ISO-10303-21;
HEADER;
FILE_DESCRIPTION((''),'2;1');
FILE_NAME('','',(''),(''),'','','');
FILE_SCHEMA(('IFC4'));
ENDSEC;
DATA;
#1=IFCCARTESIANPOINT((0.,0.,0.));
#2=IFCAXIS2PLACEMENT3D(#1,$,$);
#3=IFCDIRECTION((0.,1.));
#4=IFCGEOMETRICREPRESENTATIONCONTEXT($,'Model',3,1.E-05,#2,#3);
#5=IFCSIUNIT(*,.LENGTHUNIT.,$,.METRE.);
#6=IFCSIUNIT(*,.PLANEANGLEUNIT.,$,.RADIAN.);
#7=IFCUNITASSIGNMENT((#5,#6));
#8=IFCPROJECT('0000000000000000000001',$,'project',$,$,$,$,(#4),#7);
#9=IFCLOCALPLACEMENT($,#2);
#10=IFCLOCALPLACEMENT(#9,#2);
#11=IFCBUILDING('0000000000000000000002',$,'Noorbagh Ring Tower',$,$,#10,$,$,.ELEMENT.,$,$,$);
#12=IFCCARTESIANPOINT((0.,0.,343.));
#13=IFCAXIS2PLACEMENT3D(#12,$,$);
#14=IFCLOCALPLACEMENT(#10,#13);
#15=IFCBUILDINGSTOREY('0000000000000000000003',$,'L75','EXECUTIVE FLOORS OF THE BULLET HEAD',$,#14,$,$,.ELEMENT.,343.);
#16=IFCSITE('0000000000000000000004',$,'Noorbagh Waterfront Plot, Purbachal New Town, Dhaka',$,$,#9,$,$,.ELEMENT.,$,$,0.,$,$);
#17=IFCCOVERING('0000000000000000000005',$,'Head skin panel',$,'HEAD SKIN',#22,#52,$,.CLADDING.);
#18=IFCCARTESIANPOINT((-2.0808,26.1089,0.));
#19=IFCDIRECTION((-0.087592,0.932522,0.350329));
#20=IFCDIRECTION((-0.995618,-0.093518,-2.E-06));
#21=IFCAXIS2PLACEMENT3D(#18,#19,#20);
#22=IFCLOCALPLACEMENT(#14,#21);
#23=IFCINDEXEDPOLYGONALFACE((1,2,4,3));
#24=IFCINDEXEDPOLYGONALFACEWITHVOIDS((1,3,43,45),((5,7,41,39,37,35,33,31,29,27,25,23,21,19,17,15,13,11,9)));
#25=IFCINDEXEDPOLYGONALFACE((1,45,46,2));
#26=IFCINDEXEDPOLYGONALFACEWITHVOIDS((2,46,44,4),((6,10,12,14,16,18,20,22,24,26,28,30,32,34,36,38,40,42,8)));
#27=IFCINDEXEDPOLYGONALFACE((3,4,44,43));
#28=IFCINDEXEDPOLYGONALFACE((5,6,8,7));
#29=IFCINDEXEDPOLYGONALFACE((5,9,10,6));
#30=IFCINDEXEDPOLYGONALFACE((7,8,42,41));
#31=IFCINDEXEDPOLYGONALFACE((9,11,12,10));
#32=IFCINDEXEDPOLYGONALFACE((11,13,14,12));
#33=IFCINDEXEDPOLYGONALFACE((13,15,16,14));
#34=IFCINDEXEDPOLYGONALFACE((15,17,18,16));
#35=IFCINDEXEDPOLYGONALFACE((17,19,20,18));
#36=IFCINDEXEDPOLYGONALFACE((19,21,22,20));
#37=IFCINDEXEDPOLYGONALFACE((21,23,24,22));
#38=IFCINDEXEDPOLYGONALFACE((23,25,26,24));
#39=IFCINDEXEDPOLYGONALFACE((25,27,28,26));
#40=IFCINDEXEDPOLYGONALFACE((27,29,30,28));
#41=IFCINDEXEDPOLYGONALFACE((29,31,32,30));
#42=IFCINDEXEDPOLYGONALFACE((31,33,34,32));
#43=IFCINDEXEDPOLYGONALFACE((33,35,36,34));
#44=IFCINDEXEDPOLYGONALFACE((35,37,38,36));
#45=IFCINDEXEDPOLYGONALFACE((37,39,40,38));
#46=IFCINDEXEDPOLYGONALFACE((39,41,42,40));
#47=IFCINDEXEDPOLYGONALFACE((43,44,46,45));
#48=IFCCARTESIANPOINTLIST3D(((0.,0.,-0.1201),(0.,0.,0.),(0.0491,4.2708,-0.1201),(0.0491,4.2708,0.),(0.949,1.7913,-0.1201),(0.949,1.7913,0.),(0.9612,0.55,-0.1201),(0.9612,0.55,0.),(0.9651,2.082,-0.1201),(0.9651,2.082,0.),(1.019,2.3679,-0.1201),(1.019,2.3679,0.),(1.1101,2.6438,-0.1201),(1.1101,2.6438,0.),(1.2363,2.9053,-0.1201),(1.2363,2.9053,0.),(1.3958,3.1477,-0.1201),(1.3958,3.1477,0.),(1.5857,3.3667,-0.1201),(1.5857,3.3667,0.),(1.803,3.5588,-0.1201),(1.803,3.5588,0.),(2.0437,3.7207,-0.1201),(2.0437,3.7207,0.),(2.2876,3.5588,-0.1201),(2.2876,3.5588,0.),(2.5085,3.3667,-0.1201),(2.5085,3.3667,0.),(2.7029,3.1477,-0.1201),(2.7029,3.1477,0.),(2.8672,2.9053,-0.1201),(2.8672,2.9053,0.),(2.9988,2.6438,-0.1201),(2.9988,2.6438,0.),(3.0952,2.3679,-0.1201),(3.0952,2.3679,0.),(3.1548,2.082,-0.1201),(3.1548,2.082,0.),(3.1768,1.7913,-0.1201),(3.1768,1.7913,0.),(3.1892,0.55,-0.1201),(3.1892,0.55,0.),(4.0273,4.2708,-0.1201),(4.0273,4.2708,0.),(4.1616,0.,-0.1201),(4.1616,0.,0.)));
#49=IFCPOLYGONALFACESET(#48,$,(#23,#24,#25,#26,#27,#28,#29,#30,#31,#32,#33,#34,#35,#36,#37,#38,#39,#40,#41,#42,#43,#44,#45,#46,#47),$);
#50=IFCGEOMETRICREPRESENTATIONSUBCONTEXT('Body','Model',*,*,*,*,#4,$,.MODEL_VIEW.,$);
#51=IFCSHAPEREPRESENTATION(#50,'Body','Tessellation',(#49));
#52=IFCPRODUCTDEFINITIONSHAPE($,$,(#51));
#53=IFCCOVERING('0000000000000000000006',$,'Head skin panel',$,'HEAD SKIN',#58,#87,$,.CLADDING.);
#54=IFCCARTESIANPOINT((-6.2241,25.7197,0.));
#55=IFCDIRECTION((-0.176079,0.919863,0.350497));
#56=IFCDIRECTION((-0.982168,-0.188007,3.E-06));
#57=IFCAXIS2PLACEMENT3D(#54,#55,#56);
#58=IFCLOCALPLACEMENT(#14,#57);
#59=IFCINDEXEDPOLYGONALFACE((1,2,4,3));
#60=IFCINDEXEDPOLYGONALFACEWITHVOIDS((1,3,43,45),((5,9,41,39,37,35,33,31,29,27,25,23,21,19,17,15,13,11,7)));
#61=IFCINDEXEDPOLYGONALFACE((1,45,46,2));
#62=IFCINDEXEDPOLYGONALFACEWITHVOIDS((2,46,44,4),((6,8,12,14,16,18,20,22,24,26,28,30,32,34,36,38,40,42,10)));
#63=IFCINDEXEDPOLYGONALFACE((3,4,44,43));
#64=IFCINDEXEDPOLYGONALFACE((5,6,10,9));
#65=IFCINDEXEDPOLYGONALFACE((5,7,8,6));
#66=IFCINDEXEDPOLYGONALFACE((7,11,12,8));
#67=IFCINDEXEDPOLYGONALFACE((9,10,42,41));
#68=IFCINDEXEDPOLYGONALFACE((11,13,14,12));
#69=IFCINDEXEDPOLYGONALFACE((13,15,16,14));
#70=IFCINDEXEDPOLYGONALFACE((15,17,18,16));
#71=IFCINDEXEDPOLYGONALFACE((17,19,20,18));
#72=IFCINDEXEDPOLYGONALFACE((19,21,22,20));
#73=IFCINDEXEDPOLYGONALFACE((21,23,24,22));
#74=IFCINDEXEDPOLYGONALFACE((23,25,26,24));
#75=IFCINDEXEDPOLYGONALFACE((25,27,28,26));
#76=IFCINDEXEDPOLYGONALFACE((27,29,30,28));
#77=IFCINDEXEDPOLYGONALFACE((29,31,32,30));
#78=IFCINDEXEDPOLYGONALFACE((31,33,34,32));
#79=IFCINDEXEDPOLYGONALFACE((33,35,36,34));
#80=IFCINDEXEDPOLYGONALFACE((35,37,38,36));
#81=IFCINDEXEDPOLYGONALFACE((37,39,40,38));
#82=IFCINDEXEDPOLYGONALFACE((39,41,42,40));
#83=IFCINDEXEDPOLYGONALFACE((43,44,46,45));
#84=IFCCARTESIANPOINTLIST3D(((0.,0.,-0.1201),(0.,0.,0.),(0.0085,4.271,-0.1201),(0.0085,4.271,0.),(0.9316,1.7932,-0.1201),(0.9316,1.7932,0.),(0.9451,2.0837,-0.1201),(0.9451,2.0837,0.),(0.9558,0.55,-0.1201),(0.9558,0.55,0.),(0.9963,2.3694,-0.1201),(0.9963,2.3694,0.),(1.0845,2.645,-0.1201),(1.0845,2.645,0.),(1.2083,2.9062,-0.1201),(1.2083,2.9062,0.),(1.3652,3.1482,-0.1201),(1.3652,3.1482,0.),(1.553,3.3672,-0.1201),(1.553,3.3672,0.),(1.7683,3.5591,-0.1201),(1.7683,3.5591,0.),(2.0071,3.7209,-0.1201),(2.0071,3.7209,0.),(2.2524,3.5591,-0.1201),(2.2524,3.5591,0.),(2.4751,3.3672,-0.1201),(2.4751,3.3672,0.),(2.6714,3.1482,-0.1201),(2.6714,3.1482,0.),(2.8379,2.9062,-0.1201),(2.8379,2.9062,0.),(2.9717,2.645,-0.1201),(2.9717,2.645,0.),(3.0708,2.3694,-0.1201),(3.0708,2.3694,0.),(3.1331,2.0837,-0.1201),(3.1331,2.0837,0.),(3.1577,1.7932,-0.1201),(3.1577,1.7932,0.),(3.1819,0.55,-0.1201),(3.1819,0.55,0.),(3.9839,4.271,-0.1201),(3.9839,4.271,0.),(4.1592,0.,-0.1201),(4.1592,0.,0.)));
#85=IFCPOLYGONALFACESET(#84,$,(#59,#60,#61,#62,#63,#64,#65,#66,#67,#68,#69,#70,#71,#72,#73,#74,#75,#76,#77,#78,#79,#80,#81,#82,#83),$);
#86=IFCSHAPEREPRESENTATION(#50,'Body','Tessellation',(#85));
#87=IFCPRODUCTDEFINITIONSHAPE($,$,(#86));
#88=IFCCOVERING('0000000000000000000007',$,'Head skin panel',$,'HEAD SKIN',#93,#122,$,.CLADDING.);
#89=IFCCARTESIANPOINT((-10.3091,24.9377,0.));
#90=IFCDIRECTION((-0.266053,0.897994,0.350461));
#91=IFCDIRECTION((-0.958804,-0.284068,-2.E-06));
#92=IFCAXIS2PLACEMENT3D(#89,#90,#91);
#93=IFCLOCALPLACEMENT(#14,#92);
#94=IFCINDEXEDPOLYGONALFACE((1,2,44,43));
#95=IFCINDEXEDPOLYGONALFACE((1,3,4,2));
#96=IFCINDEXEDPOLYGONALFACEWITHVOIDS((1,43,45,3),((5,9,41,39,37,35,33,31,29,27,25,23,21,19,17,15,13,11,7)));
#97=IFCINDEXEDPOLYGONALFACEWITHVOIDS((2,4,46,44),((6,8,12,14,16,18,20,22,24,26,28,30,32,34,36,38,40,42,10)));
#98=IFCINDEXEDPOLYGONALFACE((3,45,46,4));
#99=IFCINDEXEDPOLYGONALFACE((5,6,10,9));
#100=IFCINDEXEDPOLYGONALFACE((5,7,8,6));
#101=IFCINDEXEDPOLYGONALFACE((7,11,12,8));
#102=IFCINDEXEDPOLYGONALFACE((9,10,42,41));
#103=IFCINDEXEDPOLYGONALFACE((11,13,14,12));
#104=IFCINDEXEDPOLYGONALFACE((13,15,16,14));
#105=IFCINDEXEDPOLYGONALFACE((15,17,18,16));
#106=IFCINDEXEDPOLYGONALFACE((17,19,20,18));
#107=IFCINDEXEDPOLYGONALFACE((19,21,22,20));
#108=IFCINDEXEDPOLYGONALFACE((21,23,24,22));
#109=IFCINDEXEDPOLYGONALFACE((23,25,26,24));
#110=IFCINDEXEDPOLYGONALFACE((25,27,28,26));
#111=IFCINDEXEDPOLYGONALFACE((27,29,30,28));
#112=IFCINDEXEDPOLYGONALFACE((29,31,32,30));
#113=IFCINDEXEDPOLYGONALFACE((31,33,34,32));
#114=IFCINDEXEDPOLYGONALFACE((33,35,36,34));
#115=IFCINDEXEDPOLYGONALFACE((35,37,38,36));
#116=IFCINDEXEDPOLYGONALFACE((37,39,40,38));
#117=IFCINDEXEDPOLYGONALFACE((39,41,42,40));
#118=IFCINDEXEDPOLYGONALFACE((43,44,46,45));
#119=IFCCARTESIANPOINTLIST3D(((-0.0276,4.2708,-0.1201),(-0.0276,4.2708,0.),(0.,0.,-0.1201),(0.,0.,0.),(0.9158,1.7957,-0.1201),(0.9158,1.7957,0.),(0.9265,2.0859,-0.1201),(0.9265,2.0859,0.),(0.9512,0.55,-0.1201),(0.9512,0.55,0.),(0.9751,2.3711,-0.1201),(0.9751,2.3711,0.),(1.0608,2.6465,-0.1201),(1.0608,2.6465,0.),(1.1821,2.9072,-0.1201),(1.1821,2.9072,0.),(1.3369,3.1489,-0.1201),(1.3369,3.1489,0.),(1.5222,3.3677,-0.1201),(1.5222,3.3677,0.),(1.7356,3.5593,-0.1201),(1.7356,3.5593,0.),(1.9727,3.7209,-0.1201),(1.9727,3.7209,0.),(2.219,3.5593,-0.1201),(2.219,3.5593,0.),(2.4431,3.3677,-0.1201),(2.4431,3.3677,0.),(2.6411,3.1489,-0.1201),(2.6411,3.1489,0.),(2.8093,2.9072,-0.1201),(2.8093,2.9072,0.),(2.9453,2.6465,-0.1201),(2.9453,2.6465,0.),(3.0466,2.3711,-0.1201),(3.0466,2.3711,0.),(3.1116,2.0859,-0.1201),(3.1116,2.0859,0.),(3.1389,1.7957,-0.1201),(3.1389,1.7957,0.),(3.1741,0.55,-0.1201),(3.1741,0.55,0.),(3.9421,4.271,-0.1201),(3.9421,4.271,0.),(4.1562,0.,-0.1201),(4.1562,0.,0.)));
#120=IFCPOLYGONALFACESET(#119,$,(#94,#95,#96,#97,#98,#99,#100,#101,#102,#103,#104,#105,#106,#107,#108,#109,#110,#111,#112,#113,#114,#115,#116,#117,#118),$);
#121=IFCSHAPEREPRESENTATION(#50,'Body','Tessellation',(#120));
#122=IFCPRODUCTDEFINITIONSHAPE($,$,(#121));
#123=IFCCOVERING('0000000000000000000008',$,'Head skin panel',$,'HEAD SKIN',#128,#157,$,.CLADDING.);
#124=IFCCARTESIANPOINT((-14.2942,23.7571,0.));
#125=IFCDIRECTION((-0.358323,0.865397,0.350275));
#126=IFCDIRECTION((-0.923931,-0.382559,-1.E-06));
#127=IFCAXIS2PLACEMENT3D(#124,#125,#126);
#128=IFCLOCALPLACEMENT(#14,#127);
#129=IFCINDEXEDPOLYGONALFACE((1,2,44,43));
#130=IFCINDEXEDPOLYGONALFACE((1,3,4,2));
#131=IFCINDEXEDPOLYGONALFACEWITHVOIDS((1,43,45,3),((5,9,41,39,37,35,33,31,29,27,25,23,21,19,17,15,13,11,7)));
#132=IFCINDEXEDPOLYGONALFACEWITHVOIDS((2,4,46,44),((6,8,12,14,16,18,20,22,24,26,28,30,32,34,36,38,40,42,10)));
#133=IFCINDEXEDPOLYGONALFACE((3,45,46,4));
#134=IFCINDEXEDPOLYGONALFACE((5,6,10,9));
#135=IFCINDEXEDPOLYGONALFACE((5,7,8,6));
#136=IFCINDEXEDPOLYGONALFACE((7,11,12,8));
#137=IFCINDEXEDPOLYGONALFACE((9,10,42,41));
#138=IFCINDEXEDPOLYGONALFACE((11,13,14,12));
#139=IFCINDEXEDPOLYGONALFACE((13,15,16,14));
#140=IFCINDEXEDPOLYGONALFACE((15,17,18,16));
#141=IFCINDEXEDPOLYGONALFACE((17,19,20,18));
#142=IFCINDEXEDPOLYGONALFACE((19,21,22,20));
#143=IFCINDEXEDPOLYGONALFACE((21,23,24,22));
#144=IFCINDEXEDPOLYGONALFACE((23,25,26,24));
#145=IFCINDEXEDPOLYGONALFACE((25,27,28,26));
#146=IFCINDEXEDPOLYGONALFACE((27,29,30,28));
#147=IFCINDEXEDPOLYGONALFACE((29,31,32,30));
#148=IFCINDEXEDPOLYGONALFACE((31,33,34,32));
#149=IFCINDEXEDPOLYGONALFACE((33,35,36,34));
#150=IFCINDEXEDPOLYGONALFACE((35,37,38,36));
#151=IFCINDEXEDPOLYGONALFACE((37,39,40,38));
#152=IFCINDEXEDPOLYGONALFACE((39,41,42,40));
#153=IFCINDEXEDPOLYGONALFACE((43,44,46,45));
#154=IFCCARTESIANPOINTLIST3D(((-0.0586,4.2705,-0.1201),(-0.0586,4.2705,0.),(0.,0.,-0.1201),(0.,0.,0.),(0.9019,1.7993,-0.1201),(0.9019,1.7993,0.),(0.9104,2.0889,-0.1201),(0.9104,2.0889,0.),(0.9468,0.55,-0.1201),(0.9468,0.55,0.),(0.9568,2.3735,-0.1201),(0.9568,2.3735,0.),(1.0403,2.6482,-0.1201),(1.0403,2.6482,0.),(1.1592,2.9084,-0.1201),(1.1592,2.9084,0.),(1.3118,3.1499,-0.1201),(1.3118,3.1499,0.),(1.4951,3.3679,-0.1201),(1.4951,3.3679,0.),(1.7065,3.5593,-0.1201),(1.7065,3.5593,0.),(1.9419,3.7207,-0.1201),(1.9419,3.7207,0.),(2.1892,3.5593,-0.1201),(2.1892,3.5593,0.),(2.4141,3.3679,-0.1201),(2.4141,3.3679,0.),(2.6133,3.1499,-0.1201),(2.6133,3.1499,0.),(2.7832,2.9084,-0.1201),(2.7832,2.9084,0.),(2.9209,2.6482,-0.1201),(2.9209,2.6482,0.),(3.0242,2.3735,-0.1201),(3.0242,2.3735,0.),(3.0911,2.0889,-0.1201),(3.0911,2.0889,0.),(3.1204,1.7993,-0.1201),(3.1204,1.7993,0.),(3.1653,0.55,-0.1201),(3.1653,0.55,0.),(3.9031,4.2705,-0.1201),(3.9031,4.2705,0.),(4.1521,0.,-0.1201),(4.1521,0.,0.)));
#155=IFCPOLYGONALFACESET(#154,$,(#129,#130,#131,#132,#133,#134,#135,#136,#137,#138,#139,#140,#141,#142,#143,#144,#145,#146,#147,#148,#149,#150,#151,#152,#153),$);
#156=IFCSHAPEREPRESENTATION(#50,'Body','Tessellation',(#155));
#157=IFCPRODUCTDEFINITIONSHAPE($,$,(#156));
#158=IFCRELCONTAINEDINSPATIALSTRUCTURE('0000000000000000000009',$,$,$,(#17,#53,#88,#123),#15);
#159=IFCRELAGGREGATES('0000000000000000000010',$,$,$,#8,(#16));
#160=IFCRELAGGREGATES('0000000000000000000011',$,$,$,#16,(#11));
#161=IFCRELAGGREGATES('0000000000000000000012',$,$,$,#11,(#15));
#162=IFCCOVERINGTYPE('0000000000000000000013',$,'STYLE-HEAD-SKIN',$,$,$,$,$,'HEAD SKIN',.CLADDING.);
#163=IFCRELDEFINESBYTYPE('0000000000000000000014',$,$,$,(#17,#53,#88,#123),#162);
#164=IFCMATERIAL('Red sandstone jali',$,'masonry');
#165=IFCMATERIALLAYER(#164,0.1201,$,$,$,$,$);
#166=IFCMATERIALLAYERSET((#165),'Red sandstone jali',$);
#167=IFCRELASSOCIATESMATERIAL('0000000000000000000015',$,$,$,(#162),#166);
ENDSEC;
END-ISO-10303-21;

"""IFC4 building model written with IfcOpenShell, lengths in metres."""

from ifc_helpers import new_model, si_unit, direction, frame, origin, place, context, subcontext, project, spatial, polyline, outline, extrude, material, layer, layer_set, type_object, element, save


model = new_model("IFC4")

# Units and contexts
model_context = context("Model", 3, precision=1e-05, world=origin(), true_north=direction((0.0, 1.0)))
body_context = subcontext(model_context, "Body", "Model", "MODEL_VIEW")
ifc_project = project(units=[si_unit("LENGTHUNIT", "METRE"), si_unit("PLANEANGLEUNIT", "RADIAN")], contexts=[model_context])

# Site, building, storey
site_placement = place(None, origin())
site = spatial("IfcSite", under=ifc_project, at=site_placement, Name="Noorbagh Waterfront Plot, Purbachal New Town, Dhaka", CompositionType="ELEMENT", RefElevation=0.0)
building_placement = place(site_placement, origin())
building = spatial("IfcBuilding", under=site, at=building_placement, Name="Noorbagh Ring Tower", CompositionType="ELEMENT")
storey_placement = place(building_placement, frame((0.0, 0.0, 343.0)))
storey = spatial("IfcBuildingStorey", under=building, at=storey_placement, Name="L75", Description="EXECUTIVE FLOORS OF THE BULLET HEAD", CompositionType="ELEMENT", Elevation=343.0)

# Coverings
ifc_material_1 = material(Name="Red sandstone jali", Category="masonry")
ifc_layer_1 = layer(ifc_material_1, 0.1201)
ifc_layer_set_1 = layer_set([ifc_layer_1], Name="Red sandstone jali")
covering_type_1 = type_object("IfcCoveringType", Name="STYLE-HEAD-SKIN", ElementType="HEAD SKIN", PredefinedType="CLADDING", material=ifc_layer_set_1)
covering_1_placement = place(storey_placement, frame((-2.0808, 26.1089, 0.0), z_axis=(-0.087592, 0.932522, 0.350329), x_axis=(-0.995618, -0.093518, -0.000002)))
element("IfcCovering", 1, at=covering_1_placement, inside=storey, type_object=covering_type_1, Name="Head skin panel", ObjectType="HEAD SKIN", PredefinedType="CLADDING", context=body_context, shape_type="SweptSolid", body=[
    extrude(outline(polyline([(0.0, 0.0), (4.1616, 0.0), (4.0273, 4.2708), (0.0491, 4.2708), (0.0, 0.0)]), holes=[polyline([(0.9612, 0.55), (0.949, 1.7913), (0.9651, 2.082), (1.019, 2.3679), (1.1101, 2.6438), (1.2363, 2.9053), (1.3958, 3.1477), (1.5857, 3.3667), (1.803, 3.5588), (2.0437, 3.7207), (2.2876, 3.5588), (2.5085, 3.3667), (2.7029, 3.1477), (2.8672, 2.9053), (2.9988, 2.6438), (3.0952, 2.3679), (3.1548, 2.082), (3.1768, 1.7913), (3.1892, 0.55), (0.9612, 0.55)])]), origin(), (0.0, 0.0, -1.0), 0.1201),
])
covering_2_placement = place(storey_placement, frame((-6.2241, 25.7197, 0.0), z_axis=(-0.176079, 0.919863, 0.350497), x_axis=(-0.982168, -0.188007, 0.000003)))
element("IfcCovering", 2, at=covering_2_placement, inside=storey, type_object=covering_type_1, Name="Head skin panel", ObjectType="HEAD SKIN", PredefinedType="CLADDING", context=body_context, shape_type="SweptSolid", body=[
    extrude(outline(polyline([(0.0, 0.0), (4.1592, 0.0), (3.9839, 4.271), (0.0085, 4.271), (0.0, 0.0)]), holes=[polyline([(0.9558, 0.55), (0.9316, 1.7932), (0.9451, 2.0837), (0.9963, 2.3694), (1.0845, 2.645), (1.2083, 2.9062), (1.3652, 3.1482), (1.553, 3.3672), (1.7683, 3.5591), (2.0071, 3.7209), (2.2524, 3.5591), (2.4751, 3.3672), (2.6714, 3.1482), (2.8379, 2.9062), (2.9717, 2.645), (3.0708, 2.3694), (3.1331, 2.0837), (3.1577, 1.7932), (3.1819, 0.55), (0.9558, 0.55)])]), origin(), (0.0, 0.0, -1.0), 0.1201),
])
covering_3_placement = place(storey_placement, frame((-10.3091, 24.9377, 0.0), z_axis=(-0.266053, 0.897994, 0.350461), x_axis=(-0.958804, -0.284068, -0.000002)))
element("IfcCovering", 3, at=covering_3_placement, inside=storey, type_object=covering_type_1, Name="Head skin panel", ObjectType="HEAD SKIN", PredefinedType="CLADDING", context=body_context, shape_type="SweptSolid", body=[
    extrude(outline(polyline([(0.0, 0.0), (4.1562, 0.0), (3.9421, 4.271), (-0.0276, 4.2708), (0.0, 0.0)]), holes=[polyline([(0.9512, 0.55), (0.9158, 1.7957), (0.9265, 2.0859), (0.9751, 2.3711), (1.0608, 2.6465), (1.1821, 2.9072), (1.3369, 3.1489), (1.5222, 3.3677), (1.7356, 3.5593), (1.9727, 3.7209), (2.219, 3.5593), (2.4431, 3.3677), (2.6411, 3.1489), (2.8093, 2.9072), (2.9453, 2.6465), (3.0466, 2.3711), (3.1116, 2.0859), (3.1389, 1.7957), (3.1741, 0.55), (0.9512, 0.55)])]), origin(), (0.0, 0.0, -1.0), 0.1201),
])
covering_4_placement = place(storey_placement, frame((-14.2942, 23.7571, 0.0), z_axis=(-0.358323, 0.865397, 0.350275), x_axis=(-0.923931, -0.382559, -0.000001)))
element("IfcCovering", 4, at=covering_4_placement, inside=storey, type_object=covering_type_1, Name="Head skin panel", ObjectType="HEAD SKIN", PredefinedType="CLADDING", context=body_context, shape_type="SweptSolid", body=[
    extrude(outline(polyline([(0.0, 0.0), (4.1521, 0.0), (3.9031, 4.2705), (-0.0586, 4.2705), (0.0, 0.0)]), holes=[polyline([(0.9468, 0.55), (0.9019, 1.7993), (0.9104, 2.0889), (0.9568, 2.3735), (1.0403, 2.6482), (1.1592, 2.9084), (1.3118, 3.1499), (1.4951, 3.3679), (1.7065, 3.5593), (1.9419, 3.7207), (2.1892, 3.5593), (2.4141, 3.3679), (2.6133, 3.1499), (2.7832, 2.9084), (2.9209, 2.6482), (3.0242, 2.3735), (3.0911, 2.0889), (3.1204, 1.7993), (3.1653, 0.55), (0.9468, 0.55)])]), origin(), (0.0, 0.0, -1.0), 0.1201),
])

save(model, "model.ifc")
